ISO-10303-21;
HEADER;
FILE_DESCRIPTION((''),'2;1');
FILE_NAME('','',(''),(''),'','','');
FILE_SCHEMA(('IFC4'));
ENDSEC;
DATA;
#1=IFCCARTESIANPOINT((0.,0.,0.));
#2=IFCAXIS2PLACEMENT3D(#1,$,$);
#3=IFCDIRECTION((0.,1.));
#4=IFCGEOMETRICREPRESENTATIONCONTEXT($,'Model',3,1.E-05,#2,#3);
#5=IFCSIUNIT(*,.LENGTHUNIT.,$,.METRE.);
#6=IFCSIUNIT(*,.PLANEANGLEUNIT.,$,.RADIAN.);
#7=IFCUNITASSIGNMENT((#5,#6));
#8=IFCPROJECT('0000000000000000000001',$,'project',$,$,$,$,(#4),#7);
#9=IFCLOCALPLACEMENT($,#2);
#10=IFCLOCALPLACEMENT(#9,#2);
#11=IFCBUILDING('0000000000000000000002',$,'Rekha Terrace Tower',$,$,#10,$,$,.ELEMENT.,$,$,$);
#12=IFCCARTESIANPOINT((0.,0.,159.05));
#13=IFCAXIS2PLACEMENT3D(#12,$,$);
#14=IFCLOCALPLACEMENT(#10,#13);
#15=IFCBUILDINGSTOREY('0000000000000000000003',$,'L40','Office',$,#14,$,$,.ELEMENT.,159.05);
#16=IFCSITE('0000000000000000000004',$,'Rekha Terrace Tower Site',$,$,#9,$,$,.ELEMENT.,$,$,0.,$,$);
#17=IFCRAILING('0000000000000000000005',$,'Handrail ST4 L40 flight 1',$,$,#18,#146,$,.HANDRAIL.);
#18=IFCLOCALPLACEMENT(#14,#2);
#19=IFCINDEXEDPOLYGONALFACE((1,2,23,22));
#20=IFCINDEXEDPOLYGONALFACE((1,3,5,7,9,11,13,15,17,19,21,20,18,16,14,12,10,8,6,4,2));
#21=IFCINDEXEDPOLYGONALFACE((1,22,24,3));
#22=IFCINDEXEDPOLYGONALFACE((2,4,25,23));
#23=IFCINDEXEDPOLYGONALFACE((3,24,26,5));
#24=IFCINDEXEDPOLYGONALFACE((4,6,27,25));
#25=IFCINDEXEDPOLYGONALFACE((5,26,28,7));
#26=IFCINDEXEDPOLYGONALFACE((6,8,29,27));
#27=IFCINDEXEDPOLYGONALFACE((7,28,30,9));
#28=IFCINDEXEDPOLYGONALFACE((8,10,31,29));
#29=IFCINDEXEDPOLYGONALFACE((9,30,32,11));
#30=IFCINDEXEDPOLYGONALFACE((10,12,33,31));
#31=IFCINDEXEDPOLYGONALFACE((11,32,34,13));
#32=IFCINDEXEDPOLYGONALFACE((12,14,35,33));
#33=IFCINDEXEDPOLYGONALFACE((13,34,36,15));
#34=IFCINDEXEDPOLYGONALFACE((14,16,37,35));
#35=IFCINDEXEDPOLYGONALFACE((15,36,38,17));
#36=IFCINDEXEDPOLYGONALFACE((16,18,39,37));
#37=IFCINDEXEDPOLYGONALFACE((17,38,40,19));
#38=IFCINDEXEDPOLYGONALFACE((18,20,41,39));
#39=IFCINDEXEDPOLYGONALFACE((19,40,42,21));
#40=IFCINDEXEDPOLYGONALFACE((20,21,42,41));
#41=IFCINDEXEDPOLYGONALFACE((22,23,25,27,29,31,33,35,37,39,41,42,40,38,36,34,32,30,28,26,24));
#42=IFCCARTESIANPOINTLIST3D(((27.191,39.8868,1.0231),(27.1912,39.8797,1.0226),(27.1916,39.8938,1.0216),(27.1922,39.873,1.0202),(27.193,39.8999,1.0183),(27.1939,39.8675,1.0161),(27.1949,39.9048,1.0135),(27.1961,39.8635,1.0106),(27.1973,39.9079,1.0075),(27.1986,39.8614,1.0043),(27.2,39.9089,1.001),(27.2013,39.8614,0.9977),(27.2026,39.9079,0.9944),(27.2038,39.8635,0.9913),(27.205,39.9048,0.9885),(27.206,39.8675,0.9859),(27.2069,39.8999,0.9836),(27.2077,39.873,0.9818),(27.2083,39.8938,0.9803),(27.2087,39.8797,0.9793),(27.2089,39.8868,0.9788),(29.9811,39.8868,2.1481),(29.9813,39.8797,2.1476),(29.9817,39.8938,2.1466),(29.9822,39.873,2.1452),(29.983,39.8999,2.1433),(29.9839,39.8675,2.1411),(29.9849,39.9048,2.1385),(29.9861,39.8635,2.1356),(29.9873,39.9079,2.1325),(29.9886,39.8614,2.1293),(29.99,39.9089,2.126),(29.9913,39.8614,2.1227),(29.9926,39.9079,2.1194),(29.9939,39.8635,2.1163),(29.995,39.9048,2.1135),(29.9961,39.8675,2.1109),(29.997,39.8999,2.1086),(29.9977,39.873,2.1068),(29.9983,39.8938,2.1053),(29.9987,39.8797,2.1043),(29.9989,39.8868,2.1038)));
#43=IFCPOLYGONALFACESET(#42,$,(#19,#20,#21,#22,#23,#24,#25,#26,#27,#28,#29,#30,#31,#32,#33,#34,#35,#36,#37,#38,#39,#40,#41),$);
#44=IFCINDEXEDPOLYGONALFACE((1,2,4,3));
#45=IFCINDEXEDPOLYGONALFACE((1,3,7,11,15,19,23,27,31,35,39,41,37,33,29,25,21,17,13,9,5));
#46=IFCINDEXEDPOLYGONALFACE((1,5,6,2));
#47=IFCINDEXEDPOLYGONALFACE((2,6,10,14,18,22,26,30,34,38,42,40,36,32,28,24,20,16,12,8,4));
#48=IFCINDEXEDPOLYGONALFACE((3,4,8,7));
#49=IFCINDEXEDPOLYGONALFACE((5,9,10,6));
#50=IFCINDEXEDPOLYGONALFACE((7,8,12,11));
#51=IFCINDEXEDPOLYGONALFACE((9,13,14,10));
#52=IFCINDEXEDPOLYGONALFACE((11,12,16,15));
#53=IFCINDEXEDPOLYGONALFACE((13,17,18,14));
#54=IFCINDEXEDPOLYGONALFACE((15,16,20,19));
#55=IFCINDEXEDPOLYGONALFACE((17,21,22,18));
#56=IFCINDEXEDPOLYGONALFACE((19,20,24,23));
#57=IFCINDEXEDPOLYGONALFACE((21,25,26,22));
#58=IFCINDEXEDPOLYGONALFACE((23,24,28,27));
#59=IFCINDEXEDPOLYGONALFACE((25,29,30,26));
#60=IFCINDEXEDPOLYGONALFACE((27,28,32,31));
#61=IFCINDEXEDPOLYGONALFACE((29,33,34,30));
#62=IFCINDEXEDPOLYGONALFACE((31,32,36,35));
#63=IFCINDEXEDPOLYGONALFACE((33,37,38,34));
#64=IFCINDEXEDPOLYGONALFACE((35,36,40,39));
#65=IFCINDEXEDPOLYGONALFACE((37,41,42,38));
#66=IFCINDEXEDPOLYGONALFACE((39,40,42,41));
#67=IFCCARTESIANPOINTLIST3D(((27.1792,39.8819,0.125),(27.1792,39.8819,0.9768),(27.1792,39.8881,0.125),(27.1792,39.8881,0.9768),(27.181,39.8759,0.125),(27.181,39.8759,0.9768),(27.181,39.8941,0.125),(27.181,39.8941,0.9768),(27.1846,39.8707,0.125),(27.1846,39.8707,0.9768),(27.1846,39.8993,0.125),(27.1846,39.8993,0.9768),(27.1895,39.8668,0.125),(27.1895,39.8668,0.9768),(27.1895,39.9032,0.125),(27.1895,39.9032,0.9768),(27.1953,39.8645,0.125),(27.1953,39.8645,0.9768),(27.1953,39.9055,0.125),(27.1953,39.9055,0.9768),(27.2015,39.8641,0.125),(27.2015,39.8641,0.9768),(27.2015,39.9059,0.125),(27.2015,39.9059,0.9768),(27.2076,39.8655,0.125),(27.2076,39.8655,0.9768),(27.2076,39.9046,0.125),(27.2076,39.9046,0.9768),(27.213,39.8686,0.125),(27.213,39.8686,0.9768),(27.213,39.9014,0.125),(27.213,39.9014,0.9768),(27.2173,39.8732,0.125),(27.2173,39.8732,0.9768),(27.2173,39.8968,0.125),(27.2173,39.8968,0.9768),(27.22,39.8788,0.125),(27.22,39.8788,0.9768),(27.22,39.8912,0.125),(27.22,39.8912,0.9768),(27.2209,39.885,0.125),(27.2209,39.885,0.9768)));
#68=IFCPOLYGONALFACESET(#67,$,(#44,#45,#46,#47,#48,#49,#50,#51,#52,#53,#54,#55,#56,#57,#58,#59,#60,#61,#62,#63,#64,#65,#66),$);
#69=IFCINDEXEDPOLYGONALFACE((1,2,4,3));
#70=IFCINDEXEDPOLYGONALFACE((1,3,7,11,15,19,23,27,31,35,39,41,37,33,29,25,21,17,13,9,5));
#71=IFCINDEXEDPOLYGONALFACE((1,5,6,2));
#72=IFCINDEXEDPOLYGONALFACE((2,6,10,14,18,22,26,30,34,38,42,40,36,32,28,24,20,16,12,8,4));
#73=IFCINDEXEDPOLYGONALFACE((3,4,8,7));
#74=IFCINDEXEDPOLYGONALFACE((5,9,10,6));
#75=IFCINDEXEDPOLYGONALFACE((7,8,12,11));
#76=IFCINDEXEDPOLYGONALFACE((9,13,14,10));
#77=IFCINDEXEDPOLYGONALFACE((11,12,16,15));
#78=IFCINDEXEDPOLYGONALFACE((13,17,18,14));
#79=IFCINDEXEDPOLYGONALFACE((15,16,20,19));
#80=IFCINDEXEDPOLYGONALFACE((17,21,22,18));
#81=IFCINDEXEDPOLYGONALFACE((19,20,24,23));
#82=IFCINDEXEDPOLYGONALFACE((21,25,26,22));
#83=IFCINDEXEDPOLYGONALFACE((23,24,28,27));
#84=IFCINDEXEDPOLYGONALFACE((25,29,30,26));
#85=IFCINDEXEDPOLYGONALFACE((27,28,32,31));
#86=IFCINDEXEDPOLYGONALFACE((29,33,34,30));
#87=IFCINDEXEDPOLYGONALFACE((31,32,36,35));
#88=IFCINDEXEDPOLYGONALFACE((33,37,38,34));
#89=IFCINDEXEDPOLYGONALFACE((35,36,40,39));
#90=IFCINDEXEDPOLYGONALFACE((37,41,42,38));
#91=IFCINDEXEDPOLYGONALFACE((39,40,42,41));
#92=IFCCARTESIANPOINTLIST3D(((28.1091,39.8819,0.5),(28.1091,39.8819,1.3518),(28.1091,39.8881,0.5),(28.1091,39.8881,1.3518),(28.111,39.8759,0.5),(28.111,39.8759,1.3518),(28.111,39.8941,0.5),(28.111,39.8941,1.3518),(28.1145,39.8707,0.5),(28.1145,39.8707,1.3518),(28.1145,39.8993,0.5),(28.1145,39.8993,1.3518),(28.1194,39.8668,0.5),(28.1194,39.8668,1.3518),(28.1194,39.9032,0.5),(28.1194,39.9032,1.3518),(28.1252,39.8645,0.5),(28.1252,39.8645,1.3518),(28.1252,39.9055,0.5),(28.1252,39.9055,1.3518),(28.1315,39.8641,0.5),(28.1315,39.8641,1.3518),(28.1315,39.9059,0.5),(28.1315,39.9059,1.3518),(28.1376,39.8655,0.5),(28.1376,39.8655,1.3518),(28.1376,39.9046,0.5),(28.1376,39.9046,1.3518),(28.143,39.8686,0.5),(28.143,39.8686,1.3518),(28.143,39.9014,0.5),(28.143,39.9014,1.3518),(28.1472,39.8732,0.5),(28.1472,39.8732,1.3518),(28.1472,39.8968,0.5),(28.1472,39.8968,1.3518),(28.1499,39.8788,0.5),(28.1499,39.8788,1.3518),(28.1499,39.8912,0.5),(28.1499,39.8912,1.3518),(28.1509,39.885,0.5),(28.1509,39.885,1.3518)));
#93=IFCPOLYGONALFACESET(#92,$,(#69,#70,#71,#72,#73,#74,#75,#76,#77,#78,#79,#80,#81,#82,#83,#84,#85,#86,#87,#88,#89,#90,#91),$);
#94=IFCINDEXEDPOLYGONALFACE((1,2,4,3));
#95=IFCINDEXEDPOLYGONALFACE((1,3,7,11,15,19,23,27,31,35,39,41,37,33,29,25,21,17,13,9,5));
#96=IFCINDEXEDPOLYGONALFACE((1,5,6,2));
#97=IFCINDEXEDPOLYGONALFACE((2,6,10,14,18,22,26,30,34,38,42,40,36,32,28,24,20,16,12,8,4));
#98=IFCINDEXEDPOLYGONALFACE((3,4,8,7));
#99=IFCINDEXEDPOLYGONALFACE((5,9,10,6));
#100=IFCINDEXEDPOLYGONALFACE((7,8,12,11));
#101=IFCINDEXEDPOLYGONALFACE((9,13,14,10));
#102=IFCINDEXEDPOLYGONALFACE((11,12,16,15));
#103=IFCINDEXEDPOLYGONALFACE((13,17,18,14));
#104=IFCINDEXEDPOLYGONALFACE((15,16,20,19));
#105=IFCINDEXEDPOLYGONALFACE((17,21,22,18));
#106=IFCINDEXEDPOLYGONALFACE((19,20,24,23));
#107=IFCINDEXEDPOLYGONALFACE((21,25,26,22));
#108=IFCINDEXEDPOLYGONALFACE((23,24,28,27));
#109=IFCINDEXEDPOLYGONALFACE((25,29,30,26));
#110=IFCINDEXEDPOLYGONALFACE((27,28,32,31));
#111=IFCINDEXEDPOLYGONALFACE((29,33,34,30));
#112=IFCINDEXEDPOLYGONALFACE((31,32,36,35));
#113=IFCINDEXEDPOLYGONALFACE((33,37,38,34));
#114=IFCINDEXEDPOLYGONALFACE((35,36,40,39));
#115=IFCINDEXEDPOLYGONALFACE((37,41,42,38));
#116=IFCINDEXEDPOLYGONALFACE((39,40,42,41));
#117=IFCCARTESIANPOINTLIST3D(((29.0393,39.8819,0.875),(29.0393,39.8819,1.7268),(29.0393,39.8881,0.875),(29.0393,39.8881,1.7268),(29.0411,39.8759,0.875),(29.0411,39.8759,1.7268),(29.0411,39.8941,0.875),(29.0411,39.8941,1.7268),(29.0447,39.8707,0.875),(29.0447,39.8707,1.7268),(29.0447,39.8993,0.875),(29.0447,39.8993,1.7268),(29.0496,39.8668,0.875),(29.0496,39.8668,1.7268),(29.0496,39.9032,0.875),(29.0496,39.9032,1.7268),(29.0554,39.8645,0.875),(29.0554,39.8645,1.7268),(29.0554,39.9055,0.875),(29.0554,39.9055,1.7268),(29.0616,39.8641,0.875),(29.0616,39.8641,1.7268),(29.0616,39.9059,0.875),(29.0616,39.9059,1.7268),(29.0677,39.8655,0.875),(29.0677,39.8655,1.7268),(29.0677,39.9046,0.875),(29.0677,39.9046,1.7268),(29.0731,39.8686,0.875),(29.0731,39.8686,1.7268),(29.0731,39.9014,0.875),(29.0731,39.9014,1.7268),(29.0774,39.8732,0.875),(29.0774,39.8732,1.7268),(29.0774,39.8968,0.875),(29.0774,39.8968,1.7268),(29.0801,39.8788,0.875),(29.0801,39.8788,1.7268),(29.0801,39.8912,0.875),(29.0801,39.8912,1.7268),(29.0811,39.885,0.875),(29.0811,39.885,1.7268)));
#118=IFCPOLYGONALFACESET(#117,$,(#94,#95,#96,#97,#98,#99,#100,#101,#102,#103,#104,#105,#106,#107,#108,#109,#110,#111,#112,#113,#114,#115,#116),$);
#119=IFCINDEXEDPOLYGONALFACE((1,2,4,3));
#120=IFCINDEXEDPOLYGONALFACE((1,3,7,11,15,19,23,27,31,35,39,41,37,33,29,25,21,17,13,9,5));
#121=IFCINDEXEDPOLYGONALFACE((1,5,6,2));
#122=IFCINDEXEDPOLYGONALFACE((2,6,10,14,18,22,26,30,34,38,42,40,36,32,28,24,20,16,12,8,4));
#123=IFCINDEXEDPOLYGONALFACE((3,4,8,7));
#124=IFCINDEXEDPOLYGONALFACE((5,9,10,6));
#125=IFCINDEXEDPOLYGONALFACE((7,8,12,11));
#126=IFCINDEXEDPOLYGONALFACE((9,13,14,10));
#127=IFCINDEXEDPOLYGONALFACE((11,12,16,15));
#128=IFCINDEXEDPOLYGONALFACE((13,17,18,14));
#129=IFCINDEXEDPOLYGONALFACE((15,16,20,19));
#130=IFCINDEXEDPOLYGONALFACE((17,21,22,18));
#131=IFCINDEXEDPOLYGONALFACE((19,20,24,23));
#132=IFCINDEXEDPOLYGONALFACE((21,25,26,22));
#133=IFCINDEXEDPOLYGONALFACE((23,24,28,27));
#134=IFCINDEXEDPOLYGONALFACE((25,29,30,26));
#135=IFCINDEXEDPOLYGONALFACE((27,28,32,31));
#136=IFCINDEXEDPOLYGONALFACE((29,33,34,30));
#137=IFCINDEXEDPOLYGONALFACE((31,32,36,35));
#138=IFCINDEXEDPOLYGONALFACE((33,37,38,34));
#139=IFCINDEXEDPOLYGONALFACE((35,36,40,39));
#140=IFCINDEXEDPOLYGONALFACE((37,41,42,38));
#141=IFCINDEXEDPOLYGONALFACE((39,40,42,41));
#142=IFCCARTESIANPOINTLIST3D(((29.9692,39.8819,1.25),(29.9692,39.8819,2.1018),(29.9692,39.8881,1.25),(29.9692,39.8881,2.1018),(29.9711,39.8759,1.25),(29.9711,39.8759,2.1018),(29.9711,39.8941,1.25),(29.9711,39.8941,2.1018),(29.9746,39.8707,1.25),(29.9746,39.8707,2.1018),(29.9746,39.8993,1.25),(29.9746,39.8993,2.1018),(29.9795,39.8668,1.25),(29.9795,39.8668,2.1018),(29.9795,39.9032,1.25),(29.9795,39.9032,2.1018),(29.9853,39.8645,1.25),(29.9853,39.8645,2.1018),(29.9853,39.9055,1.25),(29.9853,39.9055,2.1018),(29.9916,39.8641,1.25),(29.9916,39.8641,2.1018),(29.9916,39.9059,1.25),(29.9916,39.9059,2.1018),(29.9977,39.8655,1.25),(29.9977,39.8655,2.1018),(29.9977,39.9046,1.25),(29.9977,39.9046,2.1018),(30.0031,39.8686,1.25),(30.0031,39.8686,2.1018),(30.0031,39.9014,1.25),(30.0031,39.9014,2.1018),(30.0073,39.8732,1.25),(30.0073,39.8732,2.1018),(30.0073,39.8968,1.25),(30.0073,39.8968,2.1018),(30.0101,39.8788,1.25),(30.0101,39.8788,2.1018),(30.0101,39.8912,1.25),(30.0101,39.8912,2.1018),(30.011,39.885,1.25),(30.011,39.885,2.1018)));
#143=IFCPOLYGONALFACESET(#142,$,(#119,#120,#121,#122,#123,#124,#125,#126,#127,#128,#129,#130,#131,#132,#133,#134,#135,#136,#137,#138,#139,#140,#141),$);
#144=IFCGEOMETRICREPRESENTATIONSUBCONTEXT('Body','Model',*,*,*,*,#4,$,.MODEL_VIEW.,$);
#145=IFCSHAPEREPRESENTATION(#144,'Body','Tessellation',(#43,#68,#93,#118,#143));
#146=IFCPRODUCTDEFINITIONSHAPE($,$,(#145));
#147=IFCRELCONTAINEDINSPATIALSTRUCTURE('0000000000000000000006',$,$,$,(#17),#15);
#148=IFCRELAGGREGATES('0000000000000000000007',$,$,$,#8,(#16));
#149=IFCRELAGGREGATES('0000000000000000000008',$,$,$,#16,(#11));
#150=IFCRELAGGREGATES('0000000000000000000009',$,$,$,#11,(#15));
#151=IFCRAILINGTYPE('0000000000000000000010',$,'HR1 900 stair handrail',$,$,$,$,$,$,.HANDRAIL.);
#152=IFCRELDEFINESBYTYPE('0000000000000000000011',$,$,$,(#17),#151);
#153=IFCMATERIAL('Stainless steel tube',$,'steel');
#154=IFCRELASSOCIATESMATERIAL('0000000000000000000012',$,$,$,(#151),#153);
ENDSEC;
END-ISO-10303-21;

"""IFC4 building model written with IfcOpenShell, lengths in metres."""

from ifc_helpers import new_model, si_unit, direction, frame, origin, origin_2d, place, context, subcontext, project, spatial, circle, extrude, material, type_object, element, save


model = new_model("IFC4")

# Units and contexts
model_context = context("Model", 3, precision=1e-05, world=origin(), true_north=direction((0.0, 1.0)))
body_context = subcontext(model_context, "Body", "Model", "MODEL_VIEW")
ifc_project = project(units=[si_unit("LENGTHUNIT", "METRE"), si_unit("PLANEANGLEUNIT", "RADIAN")], contexts=[model_context])

# Site, building, storey
site_placement = place(None, origin())
site = spatial("IfcSite", under=ifc_project, at=site_placement, Name="Rekha Terrace Tower Site", CompositionType="ELEMENT", RefElevation=0.0)
building_placement = place(site_placement, origin())
building = spatial("IfcBuilding", under=site, at=building_placement, Name="Rekha Terrace Tower", CompositionType="ELEMENT")
storey_placement = place(building_placement, frame((0.0, 0.0, 159.05)))
storey = spatial("IfcBuildingStorey", under=building, at=storey_placement, Name="L40", Description="Office", CompositionType="ELEMENT", Elevation=159.05)

# Railing
ifc_material_1 = material(Name="Stainless steel tube", Category="steel")
railing_type_1 = type_object("IfcRailingType", Name="HR1 900 stair handrail", PredefinedType="HANDRAIL", material=ifc_material_1)
railing_1_placement = place(storey_placement, frame((27.2, 39.885, 0.125)))
element("IfcRailing", 1, at=railing_1_placement, inside=storey, type_object=railing_type_1, Name="Handrail ST4 L40 flight 1", PredefinedType="HANDRAIL", context=body_context, shape_type="SweptSolid", body=[
    extrude(circle(Radius=0.0239, at=origin_2d()), frame((0.0, 0.0, 0.876), z_axis=(0.927443, 0.0, 0.373964), x_axis=(0.0, 1.0, 0.0)), (0.0, 0.0, 1.0), 3.0083),
    extrude(circle(Radius=0.021, at=origin_2d()), origin(), (0.0, 0.0, 1.0), 0.8518),
    extrude(circle(Radius=0.021, at=origin_2d()), frame((0.9299, 0.0, 0.375)), (0.0, 0.0, 1.0), 0.8518),
    extrude(circle(Radius=0.021, at=origin_2d()), frame((1.8601, 0.0, 0.75)), (0.0, 0.0, 1.0), 0.8518),
    extrude(circle(Radius=0.021, at=origin_2d()), frame((2.79, 0.0, 1.125)), (0.0, 0.0, 1.0), 0.8518),
])

save(model, "model.ifc")
